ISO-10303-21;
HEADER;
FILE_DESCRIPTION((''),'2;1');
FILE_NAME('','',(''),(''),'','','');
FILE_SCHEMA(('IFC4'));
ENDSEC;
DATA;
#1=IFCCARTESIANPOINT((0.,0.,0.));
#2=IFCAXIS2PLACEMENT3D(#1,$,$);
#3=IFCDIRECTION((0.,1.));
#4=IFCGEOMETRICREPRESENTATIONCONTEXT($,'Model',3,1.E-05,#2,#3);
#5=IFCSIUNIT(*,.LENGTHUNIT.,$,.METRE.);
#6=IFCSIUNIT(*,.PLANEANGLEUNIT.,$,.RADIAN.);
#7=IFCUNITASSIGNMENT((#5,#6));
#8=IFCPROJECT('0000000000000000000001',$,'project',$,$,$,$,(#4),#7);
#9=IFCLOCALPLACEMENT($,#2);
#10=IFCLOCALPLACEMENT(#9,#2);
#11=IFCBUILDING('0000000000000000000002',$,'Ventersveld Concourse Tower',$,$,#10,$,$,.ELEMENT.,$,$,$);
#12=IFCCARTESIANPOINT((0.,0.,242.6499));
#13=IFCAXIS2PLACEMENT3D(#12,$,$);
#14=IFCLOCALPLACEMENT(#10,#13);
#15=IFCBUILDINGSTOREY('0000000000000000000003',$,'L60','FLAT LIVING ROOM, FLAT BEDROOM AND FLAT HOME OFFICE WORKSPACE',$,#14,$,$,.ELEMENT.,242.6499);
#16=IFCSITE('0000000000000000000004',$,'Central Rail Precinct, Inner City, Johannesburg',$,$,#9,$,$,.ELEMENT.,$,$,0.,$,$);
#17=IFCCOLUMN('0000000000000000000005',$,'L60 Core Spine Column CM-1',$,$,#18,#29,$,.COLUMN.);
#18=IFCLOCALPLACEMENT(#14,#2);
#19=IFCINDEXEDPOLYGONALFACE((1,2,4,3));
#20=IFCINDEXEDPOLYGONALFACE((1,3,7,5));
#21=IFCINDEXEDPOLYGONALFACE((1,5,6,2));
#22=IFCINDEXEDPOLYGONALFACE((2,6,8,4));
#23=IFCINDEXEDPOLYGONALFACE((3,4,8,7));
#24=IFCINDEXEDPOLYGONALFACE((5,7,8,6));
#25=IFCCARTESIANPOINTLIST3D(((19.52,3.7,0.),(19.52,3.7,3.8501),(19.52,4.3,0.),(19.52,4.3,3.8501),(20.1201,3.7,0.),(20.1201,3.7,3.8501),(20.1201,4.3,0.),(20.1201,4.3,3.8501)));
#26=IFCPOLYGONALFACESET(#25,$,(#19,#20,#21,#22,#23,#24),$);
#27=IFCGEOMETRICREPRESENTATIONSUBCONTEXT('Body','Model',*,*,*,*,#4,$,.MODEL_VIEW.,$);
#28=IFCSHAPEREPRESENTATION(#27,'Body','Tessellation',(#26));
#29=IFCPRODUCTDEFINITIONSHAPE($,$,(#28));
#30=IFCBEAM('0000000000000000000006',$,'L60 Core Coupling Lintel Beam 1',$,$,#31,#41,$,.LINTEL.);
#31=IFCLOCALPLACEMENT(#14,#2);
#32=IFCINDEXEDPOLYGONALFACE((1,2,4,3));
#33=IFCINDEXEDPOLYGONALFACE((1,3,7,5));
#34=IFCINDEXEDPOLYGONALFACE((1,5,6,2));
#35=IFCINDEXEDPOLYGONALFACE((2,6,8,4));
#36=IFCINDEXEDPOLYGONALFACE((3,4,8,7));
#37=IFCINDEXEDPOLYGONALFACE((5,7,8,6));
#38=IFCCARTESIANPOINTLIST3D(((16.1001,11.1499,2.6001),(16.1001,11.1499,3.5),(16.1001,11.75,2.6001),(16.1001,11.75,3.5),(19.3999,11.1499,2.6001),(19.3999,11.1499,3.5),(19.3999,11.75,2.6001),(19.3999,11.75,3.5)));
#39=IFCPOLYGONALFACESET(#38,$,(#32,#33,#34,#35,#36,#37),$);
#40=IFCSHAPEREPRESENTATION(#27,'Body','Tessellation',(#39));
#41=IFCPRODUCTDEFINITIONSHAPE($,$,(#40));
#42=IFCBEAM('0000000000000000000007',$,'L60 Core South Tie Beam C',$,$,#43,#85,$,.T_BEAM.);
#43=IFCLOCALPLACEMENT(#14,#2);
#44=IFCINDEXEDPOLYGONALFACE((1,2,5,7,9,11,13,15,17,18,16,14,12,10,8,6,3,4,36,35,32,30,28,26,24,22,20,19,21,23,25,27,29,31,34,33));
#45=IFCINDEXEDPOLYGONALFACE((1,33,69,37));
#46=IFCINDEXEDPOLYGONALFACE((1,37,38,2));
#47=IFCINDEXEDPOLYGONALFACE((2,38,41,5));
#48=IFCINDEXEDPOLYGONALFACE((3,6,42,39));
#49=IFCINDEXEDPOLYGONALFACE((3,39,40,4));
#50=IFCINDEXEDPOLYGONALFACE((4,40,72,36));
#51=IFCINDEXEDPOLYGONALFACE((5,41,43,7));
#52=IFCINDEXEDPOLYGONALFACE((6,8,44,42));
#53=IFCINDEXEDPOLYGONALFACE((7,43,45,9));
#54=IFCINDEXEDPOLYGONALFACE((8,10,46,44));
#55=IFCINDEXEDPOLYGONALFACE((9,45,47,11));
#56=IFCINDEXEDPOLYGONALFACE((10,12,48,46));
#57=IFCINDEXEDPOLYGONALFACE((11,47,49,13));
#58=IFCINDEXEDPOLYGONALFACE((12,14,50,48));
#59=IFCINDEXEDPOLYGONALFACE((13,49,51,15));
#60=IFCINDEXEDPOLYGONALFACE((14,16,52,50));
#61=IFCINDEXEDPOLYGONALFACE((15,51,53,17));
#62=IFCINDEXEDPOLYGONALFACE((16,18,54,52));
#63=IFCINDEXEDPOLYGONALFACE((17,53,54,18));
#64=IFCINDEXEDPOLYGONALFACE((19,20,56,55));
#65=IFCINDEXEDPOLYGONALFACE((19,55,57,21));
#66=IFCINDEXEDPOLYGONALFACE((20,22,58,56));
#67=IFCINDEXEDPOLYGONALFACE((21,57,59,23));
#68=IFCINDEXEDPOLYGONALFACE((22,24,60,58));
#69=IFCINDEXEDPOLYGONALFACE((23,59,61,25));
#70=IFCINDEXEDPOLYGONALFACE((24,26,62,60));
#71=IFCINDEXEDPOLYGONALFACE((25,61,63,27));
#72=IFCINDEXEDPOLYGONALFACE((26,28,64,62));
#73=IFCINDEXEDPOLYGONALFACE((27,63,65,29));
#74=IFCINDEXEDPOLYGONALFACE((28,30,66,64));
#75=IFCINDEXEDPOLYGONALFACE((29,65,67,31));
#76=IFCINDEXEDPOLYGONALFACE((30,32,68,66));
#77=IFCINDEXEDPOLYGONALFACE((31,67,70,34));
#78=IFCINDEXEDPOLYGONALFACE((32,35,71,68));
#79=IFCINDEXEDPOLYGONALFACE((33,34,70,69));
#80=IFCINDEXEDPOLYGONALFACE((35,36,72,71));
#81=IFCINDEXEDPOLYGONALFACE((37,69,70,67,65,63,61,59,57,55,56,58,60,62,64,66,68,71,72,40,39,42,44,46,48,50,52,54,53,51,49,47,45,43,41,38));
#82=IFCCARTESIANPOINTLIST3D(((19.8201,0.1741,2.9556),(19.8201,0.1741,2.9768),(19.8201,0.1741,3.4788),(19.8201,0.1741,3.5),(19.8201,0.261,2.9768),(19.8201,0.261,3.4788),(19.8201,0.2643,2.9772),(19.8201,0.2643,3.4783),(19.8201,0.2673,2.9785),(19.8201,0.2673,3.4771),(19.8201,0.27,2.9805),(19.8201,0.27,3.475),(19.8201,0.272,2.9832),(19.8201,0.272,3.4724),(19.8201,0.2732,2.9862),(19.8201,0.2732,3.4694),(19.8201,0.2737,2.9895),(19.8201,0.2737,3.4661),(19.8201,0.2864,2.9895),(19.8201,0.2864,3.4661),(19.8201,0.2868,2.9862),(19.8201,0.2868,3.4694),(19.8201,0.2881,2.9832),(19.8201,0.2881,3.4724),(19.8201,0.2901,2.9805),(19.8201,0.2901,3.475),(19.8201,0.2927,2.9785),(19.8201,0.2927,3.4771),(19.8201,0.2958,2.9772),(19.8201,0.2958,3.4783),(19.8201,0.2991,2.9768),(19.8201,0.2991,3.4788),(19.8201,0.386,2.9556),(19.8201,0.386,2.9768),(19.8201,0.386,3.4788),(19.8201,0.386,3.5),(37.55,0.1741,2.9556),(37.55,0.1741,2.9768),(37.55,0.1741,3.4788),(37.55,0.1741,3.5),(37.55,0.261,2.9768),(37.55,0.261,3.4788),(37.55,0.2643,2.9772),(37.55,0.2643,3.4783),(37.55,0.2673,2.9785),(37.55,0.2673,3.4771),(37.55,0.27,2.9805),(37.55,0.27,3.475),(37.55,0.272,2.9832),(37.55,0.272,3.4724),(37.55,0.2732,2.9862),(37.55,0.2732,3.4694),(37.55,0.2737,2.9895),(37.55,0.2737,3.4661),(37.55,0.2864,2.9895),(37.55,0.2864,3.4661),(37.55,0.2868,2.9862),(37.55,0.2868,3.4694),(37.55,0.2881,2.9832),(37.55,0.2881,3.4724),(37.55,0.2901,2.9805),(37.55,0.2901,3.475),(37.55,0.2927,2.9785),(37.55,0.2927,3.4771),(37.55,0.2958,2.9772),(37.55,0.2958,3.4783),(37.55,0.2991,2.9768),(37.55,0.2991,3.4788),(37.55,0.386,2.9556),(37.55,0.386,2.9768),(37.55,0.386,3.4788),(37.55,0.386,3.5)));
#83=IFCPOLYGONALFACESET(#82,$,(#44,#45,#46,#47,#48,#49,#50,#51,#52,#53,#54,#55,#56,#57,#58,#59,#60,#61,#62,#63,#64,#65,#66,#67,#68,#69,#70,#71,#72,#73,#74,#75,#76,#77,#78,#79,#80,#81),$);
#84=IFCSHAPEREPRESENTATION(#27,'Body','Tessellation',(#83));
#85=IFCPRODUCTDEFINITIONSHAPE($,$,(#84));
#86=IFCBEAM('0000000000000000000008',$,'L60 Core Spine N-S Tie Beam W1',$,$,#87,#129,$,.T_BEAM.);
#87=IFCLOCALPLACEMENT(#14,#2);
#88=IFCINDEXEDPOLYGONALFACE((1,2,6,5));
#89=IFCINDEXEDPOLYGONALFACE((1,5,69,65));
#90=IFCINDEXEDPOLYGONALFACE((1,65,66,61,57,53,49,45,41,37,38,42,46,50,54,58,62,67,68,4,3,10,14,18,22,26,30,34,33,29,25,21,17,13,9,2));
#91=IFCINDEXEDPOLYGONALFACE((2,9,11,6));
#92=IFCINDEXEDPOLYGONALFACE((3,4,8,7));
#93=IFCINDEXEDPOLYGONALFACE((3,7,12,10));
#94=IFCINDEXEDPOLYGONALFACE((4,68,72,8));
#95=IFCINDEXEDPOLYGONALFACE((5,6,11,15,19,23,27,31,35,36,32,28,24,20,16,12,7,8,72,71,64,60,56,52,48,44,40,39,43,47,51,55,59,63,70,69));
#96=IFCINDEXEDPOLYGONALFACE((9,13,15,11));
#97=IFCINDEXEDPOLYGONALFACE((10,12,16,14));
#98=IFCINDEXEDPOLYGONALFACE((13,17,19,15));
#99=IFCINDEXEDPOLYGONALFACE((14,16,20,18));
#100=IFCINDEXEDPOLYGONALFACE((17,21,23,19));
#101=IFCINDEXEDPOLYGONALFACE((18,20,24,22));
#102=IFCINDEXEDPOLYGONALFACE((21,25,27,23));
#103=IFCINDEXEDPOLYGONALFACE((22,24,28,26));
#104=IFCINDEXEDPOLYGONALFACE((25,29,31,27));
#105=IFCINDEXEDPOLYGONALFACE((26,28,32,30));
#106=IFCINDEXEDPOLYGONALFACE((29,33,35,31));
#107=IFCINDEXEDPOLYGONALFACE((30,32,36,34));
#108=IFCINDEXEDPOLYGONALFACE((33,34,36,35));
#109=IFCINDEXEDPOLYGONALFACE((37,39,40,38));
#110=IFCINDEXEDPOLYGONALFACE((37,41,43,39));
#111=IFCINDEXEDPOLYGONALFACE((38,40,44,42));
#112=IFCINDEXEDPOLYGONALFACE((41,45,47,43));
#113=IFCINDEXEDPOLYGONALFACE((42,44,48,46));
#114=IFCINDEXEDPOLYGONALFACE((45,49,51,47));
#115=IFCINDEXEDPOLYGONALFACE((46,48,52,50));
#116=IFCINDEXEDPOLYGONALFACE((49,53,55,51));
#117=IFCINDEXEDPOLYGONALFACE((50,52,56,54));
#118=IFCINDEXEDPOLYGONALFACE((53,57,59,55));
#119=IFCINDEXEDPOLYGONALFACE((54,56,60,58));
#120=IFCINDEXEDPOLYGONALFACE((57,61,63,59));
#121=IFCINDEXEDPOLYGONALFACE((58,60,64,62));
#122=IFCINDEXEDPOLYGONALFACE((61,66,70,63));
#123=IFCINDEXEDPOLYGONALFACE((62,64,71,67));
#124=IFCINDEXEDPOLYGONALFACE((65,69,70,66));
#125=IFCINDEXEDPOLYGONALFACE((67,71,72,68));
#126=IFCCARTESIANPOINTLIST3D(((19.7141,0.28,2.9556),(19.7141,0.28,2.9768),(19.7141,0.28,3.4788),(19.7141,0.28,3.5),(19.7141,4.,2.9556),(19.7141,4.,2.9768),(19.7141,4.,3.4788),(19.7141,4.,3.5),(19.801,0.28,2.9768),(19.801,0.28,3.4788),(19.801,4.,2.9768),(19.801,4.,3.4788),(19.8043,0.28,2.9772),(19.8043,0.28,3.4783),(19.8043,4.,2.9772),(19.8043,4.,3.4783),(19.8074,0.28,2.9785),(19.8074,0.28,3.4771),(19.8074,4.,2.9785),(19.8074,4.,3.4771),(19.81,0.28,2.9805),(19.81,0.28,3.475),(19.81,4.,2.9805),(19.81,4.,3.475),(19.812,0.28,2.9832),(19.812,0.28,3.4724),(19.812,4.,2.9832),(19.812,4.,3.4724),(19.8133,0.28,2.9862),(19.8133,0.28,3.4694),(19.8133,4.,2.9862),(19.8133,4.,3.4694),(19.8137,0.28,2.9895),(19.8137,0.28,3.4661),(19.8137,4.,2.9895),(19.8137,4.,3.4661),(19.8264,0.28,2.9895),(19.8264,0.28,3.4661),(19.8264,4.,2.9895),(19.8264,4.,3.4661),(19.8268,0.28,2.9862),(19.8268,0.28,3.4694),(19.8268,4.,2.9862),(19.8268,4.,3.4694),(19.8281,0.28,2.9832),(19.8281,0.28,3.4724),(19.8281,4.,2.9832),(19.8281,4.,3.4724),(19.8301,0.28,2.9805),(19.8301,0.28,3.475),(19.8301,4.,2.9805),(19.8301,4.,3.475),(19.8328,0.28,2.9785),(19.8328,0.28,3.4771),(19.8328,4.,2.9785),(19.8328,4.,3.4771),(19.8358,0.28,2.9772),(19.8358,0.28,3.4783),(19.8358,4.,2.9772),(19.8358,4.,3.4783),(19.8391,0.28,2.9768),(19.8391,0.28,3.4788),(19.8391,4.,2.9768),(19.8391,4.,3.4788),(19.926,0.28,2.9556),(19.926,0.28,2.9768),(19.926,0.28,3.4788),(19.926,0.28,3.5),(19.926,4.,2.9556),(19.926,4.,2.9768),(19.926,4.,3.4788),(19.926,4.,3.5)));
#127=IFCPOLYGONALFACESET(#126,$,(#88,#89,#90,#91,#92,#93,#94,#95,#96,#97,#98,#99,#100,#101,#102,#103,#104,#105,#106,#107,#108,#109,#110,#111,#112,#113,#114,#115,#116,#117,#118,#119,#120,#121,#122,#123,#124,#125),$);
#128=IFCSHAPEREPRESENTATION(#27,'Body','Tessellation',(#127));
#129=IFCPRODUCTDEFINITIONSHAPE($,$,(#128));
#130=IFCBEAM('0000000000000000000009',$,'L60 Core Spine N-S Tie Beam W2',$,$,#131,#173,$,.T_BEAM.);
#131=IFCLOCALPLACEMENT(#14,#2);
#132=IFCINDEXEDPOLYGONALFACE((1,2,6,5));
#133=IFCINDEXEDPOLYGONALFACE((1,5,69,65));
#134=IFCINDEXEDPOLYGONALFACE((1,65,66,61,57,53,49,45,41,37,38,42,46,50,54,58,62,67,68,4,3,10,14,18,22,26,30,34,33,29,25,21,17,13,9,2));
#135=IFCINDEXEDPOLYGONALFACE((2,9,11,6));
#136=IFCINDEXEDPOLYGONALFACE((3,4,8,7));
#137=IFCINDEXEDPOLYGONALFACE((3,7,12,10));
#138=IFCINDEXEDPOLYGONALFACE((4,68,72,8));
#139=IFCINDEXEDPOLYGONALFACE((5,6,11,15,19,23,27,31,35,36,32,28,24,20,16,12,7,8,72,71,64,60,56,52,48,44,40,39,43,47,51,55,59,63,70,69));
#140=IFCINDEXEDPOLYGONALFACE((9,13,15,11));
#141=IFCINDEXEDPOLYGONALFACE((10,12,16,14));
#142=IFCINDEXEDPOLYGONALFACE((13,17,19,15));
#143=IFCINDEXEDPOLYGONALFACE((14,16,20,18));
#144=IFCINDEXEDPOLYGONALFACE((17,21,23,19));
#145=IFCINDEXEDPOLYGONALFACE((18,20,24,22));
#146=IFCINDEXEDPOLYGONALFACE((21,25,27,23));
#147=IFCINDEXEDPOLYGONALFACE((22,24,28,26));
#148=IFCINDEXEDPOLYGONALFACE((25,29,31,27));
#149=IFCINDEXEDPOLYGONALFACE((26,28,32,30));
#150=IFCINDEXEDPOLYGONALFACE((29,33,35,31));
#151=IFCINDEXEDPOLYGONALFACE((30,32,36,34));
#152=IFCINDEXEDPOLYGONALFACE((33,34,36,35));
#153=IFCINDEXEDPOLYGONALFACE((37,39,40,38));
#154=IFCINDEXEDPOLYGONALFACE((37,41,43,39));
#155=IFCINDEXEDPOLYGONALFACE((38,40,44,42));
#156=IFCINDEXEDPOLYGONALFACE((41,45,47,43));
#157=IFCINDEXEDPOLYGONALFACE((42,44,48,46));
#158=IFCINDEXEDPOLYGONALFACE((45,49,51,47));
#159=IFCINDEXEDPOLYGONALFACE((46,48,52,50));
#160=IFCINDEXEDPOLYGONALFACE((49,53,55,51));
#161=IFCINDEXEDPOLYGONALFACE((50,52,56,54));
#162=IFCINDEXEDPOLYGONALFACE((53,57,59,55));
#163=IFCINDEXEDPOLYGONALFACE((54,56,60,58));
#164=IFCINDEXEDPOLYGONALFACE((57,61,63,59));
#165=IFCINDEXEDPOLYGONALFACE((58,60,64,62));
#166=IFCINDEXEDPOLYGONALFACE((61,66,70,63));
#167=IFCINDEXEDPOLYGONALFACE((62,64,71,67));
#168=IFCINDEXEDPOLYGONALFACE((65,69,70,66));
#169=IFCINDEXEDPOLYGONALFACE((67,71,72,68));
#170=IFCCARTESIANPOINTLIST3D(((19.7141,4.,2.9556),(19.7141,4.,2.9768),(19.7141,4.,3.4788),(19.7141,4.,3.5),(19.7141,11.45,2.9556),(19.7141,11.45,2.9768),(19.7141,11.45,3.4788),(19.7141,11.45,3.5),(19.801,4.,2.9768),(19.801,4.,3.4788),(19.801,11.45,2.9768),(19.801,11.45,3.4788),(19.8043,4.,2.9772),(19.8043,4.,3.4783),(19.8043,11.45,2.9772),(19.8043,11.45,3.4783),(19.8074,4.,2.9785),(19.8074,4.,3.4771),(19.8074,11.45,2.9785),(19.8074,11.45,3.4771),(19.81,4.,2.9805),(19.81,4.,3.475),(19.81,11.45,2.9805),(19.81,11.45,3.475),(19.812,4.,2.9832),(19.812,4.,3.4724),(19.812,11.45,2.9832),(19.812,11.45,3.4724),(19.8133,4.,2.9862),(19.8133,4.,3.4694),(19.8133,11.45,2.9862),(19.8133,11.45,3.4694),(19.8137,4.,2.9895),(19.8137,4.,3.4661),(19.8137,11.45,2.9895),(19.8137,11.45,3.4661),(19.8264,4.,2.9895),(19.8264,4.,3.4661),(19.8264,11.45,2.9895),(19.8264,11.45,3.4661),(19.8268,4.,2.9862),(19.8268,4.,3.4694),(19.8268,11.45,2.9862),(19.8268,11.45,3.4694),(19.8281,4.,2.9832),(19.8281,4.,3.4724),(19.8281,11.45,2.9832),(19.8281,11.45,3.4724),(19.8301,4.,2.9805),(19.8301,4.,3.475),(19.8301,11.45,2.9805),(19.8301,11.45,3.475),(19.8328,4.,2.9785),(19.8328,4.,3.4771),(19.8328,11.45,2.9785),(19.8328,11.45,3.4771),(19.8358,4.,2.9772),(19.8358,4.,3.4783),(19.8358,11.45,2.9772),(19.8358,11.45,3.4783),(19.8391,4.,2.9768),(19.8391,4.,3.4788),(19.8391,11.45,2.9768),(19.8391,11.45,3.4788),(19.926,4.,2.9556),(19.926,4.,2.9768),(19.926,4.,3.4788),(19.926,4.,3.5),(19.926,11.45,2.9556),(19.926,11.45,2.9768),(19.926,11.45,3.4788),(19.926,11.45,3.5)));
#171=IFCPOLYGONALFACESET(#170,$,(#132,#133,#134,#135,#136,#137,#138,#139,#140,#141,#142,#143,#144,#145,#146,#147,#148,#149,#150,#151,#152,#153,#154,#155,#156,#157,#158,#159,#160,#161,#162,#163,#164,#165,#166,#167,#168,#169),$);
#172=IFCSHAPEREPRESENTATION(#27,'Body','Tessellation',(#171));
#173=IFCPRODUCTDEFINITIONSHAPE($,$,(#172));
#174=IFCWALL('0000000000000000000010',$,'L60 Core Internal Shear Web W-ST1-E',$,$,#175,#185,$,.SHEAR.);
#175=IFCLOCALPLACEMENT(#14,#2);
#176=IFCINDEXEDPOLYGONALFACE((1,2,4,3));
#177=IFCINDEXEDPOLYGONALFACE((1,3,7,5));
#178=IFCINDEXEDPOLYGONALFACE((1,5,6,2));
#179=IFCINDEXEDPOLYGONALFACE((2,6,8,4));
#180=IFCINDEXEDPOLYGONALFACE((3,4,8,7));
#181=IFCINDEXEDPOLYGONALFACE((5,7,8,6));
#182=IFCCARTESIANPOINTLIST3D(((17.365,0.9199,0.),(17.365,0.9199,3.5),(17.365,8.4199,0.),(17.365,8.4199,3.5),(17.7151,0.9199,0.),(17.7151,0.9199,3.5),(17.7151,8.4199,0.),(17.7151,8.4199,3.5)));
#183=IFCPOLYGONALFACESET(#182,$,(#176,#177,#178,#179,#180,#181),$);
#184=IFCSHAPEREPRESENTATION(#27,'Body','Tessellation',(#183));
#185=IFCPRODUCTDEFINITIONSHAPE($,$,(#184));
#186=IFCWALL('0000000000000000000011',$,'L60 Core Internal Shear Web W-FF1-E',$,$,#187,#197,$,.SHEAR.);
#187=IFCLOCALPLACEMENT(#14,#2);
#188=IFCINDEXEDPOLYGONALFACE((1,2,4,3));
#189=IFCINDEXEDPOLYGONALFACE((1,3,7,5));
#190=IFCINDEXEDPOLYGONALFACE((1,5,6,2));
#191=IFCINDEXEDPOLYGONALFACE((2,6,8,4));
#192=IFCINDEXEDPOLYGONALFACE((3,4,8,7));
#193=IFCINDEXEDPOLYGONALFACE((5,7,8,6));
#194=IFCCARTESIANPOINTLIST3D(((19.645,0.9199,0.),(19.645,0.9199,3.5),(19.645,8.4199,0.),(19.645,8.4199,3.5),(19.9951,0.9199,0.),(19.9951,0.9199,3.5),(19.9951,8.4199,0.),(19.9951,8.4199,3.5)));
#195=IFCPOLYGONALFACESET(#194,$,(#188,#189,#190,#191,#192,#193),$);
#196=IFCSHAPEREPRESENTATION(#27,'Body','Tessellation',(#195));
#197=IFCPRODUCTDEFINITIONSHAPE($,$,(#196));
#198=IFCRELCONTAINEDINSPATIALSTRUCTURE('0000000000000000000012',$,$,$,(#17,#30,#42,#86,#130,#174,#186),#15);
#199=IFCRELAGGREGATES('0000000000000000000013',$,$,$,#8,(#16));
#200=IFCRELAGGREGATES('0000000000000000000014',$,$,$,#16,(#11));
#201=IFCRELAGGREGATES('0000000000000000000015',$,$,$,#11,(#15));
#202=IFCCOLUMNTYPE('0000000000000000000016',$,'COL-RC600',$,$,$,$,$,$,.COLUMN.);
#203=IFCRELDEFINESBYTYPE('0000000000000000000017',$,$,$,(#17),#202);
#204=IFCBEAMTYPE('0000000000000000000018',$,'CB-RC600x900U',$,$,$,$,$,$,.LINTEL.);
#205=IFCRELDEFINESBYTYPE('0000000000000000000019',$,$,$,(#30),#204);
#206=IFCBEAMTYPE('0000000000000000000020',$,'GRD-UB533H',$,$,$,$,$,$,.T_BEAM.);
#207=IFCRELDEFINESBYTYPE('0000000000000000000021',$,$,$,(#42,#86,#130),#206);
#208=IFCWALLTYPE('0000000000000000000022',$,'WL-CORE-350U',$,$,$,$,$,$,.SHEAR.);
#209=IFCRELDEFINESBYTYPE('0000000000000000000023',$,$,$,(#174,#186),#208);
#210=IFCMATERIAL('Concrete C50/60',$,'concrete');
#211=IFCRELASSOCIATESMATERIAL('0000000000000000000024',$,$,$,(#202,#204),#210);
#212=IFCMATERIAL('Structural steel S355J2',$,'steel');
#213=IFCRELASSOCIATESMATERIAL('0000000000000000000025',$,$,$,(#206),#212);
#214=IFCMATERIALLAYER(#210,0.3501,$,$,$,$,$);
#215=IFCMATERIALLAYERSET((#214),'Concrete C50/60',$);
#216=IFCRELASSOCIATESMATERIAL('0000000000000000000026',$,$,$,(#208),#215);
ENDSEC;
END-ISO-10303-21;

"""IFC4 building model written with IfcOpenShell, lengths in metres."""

from ifc_helpers import new_model, si_unit, direction, frame, frame_2d, origin, origin_2d, place, context, subcontext, project, spatial, rectangle, i_section, extrude, material, layer, layer_set, material_profile, profile_set, type_object, element, save


model = new_model("IFC4")

# Units and contexts
model_context = context("Model", 3, precision=1e-05, world=origin(), true_north=direction((0.0, 1.0)))
body_context = subcontext(model_context, "Body", "Model", "MODEL_VIEW")
ifc_project = project(units=[si_unit("LENGTHUNIT", "METRE"), si_unit("PLANEANGLEUNIT", "RADIAN")], contexts=[model_context])

# Site, building, storey
site_placement = place(None, origin())
site = spatial("IfcSite", under=ifc_project, at=site_placement, Name="Central Rail Precinct, Inner City, Johannesburg", CompositionType="ELEMENT", RefElevation=0.0)
building_placement = place(site_placement, origin())
building = spatial("IfcBuilding", under=site, at=building_placement, Name="Ventersveld Concourse Tower", CompositionType="ELEMENT")
storey_placement = place(building_placement, frame((0.0, 0.0, 242.6499)))
storey = spatial("IfcBuildingStorey", under=building, at=storey_placement, Name="L60", Description="FLAT LIVING ROOM, FLAT BEDROOM AND FLAT HOME OFFICE WORKSPACE", CompositionType="ELEMENT", Elevation=242.6499)

# Column
ifc_material_1 = material(Name="Concrete C50/60", Category="concrete")
ifc_material_profile_1 = material_profile(ifc_material_1, rectangle(XDim=0.6001, YDim=0.6001, at=origin_2d()), Name="RC 600x600")
ifc_profile_set_1 = profile_set([ifc_material_profile_1], Name="Concrete C50/60")
column_type = type_object("IfcColumnType", Name="COL-RC600", PredefinedType="COLUMN", material=ifc_profile_set_1)
column_placement = place(storey_placement, frame((19.8201, 4.0, 0.0), z_axis=(0.0, 0.0, 1.0), x_axis=(1.0, 0.0, 0.0)))
element("IfcColumn", 1, at=column_placement, inside=storey, type_object=column_type, Name="L60 Core Spine Column CM-1", PredefinedType="COLUMN", context=body_context, shape_type="SweptSolid", body=[
    extrude(rectangle(XDim=0.6001, YDim=0.6001, at=origin_2d()), origin(), (0.0, 0.0, 1.0), 3.8501),
])

# Beams
ifc_material_profile_2 = material_profile(ifc_material_1, rectangle(XDim=0.6001, YDim=0.8999, at=origin_2d()), Name="RC 600x900")
ifc_profile_set_2 = profile_set([ifc_material_profile_2], Name="Concrete C50/60")
beam_type_1 = type_object("IfcBeamType", Name="CB-RC600x900U", PredefinedType="LINTEL", material=ifc_profile_set_2)
beam_1_placement = place(storey_placement, frame((16.1001, 11.45, 3.05), z_axis=(1.0, 0.0, 0.0), x_axis=(0.0, 1.0, 0.0)))
element("IfcBeam", 2, at=beam_1_placement, inside=storey, type_object=beam_type_1, Name="L60 Core Coupling Lintel Beam 1", PredefinedType="LINTEL", context=body_context, shape_type="SweptSolid", body=[
    extrude(rectangle(XDim=0.6001, YDim=0.8999, at=origin_2d()), origin(), (0.0, 0.0, 1.0), 3.2998),
])
ifc_material_2 = material(Name="Structural steel S355J2", Category="steel")
ifc_material_profile_3 = material_profile(ifc_material_2, i_section(OverallWidth=0.2119, OverallDepth=0.5444, WebThickness=0.0127, FlangeThickness=0.0212, FilletRadius=0.0127, at=origin_2d()), Name="UB 533x210x122")
ifc_profile_set_3 = profile_set([ifc_material_profile_3], Name="Structural steel S355J2")
beam_type_2 = type_object("IfcBeamType", Name="GRD-UB533H", PredefinedType="T_BEAM", material=ifc_profile_set_3)
beam_2_placement = place(storey_placement, frame((19.8201, 0.28, 3.2278), z_axis=(1.0, 0.0, 0.0), x_axis=(0.0, 1.0, 0.0)))
element("IfcBeam", 3, at=beam_2_placement, inside=storey, type_object=beam_type_2, Name="L60 Core South Tie Beam C", PredefinedType="T_BEAM", context=body_context, shape_type="SweptSolid", body=[
    extrude(i_section(OverallWidth=0.2119, OverallDepth=0.5444, WebThickness=0.0127, FlangeThickness=0.0212, FilletRadius=0.0127, at=origin_2d()), origin(), (0.0, 0.0, 1.0), 17.73),
])
beam_3_placement = place(storey_placement, frame((19.8201, 0.28, 3.2278), z_axis=(0.0, 1.0, 0.0), x_axis=(-1.0, 0.0, 0.0)))
element("IfcBeam", 4, at=beam_3_placement, inside=storey, type_object=beam_type_2, Name="L60 Core Spine N-S Tie Beam W1", PredefinedType="T_BEAM", context=body_context, shape_type="SweptSolid", body=[
    extrude(i_section(OverallWidth=0.2119, OverallDepth=0.5444, WebThickness=0.0127, FlangeThickness=0.0212, FilletRadius=0.0127, at=origin_2d()), origin(), (0.0, 0.0, 1.0), 3.72),
])
beam_4_placement = place(storey_placement, frame((19.8201, 4.0, 3.2278), z_axis=(0.0, 1.0, 0.0), x_axis=(-1.0, 0.0, 0.0)))
element("IfcBeam", 5, at=beam_4_placement, inside=storey, type_object=beam_type_2, Name="L60 Core Spine N-S Tie Beam W2", PredefinedType="T_BEAM", context=body_context, shape_type="SweptSolid", body=[
    extrude(i_section(OverallWidth=0.2119, OverallDepth=0.5444, WebThickness=0.0127, FlangeThickness=0.0212, FilletRadius=0.0127, at=origin_2d()), origin(), (0.0, 0.0, 1.0), 7.45),
])

# Walls
ifc_layer_1 = layer(ifc_material_1, 0.3501)
ifc_layer_set_1 = layer_set([ifc_layer_1], Name="Concrete C50/60")
wall_type_1 = type_object("IfcWallType", Name="WL-CORE-350U", PredefinedType="SHEAR", material=ifc_layer_set_1)
for number, where, z_axis, x_axis, name in (
    (6, (17.54, 0.9199, 0.0), (0.0, 0.0, 1.0), (0.0, 1.0, 0.0), "L60 Core Internal Shear Web W-ST1-E"),
    (7, (19.8201, 0.9199, 0.0), (0.0, 0.0, 1.0), (0.0, 1.0, 0.0), "L60 Core Internal Shear Web W-FF1-E"),
):
    element("IfcWall", number, at=place(storey_placement, frame(where, z_axis=z_axis, x_axis=x_axis)), inside=storey, type_object=wall_type_1, Name=name, PredefinedType="SHEAR", context=body_context, shape_type="SweptSolid", body=[
        extrude(rectangle(XDim=7.5, YDim=0.3501, at=frame_2d((3.75, 0.0))), origin(), (0.0, 0.0, 1.0), 3.5),
    ])

save(model, "model.ifc")
